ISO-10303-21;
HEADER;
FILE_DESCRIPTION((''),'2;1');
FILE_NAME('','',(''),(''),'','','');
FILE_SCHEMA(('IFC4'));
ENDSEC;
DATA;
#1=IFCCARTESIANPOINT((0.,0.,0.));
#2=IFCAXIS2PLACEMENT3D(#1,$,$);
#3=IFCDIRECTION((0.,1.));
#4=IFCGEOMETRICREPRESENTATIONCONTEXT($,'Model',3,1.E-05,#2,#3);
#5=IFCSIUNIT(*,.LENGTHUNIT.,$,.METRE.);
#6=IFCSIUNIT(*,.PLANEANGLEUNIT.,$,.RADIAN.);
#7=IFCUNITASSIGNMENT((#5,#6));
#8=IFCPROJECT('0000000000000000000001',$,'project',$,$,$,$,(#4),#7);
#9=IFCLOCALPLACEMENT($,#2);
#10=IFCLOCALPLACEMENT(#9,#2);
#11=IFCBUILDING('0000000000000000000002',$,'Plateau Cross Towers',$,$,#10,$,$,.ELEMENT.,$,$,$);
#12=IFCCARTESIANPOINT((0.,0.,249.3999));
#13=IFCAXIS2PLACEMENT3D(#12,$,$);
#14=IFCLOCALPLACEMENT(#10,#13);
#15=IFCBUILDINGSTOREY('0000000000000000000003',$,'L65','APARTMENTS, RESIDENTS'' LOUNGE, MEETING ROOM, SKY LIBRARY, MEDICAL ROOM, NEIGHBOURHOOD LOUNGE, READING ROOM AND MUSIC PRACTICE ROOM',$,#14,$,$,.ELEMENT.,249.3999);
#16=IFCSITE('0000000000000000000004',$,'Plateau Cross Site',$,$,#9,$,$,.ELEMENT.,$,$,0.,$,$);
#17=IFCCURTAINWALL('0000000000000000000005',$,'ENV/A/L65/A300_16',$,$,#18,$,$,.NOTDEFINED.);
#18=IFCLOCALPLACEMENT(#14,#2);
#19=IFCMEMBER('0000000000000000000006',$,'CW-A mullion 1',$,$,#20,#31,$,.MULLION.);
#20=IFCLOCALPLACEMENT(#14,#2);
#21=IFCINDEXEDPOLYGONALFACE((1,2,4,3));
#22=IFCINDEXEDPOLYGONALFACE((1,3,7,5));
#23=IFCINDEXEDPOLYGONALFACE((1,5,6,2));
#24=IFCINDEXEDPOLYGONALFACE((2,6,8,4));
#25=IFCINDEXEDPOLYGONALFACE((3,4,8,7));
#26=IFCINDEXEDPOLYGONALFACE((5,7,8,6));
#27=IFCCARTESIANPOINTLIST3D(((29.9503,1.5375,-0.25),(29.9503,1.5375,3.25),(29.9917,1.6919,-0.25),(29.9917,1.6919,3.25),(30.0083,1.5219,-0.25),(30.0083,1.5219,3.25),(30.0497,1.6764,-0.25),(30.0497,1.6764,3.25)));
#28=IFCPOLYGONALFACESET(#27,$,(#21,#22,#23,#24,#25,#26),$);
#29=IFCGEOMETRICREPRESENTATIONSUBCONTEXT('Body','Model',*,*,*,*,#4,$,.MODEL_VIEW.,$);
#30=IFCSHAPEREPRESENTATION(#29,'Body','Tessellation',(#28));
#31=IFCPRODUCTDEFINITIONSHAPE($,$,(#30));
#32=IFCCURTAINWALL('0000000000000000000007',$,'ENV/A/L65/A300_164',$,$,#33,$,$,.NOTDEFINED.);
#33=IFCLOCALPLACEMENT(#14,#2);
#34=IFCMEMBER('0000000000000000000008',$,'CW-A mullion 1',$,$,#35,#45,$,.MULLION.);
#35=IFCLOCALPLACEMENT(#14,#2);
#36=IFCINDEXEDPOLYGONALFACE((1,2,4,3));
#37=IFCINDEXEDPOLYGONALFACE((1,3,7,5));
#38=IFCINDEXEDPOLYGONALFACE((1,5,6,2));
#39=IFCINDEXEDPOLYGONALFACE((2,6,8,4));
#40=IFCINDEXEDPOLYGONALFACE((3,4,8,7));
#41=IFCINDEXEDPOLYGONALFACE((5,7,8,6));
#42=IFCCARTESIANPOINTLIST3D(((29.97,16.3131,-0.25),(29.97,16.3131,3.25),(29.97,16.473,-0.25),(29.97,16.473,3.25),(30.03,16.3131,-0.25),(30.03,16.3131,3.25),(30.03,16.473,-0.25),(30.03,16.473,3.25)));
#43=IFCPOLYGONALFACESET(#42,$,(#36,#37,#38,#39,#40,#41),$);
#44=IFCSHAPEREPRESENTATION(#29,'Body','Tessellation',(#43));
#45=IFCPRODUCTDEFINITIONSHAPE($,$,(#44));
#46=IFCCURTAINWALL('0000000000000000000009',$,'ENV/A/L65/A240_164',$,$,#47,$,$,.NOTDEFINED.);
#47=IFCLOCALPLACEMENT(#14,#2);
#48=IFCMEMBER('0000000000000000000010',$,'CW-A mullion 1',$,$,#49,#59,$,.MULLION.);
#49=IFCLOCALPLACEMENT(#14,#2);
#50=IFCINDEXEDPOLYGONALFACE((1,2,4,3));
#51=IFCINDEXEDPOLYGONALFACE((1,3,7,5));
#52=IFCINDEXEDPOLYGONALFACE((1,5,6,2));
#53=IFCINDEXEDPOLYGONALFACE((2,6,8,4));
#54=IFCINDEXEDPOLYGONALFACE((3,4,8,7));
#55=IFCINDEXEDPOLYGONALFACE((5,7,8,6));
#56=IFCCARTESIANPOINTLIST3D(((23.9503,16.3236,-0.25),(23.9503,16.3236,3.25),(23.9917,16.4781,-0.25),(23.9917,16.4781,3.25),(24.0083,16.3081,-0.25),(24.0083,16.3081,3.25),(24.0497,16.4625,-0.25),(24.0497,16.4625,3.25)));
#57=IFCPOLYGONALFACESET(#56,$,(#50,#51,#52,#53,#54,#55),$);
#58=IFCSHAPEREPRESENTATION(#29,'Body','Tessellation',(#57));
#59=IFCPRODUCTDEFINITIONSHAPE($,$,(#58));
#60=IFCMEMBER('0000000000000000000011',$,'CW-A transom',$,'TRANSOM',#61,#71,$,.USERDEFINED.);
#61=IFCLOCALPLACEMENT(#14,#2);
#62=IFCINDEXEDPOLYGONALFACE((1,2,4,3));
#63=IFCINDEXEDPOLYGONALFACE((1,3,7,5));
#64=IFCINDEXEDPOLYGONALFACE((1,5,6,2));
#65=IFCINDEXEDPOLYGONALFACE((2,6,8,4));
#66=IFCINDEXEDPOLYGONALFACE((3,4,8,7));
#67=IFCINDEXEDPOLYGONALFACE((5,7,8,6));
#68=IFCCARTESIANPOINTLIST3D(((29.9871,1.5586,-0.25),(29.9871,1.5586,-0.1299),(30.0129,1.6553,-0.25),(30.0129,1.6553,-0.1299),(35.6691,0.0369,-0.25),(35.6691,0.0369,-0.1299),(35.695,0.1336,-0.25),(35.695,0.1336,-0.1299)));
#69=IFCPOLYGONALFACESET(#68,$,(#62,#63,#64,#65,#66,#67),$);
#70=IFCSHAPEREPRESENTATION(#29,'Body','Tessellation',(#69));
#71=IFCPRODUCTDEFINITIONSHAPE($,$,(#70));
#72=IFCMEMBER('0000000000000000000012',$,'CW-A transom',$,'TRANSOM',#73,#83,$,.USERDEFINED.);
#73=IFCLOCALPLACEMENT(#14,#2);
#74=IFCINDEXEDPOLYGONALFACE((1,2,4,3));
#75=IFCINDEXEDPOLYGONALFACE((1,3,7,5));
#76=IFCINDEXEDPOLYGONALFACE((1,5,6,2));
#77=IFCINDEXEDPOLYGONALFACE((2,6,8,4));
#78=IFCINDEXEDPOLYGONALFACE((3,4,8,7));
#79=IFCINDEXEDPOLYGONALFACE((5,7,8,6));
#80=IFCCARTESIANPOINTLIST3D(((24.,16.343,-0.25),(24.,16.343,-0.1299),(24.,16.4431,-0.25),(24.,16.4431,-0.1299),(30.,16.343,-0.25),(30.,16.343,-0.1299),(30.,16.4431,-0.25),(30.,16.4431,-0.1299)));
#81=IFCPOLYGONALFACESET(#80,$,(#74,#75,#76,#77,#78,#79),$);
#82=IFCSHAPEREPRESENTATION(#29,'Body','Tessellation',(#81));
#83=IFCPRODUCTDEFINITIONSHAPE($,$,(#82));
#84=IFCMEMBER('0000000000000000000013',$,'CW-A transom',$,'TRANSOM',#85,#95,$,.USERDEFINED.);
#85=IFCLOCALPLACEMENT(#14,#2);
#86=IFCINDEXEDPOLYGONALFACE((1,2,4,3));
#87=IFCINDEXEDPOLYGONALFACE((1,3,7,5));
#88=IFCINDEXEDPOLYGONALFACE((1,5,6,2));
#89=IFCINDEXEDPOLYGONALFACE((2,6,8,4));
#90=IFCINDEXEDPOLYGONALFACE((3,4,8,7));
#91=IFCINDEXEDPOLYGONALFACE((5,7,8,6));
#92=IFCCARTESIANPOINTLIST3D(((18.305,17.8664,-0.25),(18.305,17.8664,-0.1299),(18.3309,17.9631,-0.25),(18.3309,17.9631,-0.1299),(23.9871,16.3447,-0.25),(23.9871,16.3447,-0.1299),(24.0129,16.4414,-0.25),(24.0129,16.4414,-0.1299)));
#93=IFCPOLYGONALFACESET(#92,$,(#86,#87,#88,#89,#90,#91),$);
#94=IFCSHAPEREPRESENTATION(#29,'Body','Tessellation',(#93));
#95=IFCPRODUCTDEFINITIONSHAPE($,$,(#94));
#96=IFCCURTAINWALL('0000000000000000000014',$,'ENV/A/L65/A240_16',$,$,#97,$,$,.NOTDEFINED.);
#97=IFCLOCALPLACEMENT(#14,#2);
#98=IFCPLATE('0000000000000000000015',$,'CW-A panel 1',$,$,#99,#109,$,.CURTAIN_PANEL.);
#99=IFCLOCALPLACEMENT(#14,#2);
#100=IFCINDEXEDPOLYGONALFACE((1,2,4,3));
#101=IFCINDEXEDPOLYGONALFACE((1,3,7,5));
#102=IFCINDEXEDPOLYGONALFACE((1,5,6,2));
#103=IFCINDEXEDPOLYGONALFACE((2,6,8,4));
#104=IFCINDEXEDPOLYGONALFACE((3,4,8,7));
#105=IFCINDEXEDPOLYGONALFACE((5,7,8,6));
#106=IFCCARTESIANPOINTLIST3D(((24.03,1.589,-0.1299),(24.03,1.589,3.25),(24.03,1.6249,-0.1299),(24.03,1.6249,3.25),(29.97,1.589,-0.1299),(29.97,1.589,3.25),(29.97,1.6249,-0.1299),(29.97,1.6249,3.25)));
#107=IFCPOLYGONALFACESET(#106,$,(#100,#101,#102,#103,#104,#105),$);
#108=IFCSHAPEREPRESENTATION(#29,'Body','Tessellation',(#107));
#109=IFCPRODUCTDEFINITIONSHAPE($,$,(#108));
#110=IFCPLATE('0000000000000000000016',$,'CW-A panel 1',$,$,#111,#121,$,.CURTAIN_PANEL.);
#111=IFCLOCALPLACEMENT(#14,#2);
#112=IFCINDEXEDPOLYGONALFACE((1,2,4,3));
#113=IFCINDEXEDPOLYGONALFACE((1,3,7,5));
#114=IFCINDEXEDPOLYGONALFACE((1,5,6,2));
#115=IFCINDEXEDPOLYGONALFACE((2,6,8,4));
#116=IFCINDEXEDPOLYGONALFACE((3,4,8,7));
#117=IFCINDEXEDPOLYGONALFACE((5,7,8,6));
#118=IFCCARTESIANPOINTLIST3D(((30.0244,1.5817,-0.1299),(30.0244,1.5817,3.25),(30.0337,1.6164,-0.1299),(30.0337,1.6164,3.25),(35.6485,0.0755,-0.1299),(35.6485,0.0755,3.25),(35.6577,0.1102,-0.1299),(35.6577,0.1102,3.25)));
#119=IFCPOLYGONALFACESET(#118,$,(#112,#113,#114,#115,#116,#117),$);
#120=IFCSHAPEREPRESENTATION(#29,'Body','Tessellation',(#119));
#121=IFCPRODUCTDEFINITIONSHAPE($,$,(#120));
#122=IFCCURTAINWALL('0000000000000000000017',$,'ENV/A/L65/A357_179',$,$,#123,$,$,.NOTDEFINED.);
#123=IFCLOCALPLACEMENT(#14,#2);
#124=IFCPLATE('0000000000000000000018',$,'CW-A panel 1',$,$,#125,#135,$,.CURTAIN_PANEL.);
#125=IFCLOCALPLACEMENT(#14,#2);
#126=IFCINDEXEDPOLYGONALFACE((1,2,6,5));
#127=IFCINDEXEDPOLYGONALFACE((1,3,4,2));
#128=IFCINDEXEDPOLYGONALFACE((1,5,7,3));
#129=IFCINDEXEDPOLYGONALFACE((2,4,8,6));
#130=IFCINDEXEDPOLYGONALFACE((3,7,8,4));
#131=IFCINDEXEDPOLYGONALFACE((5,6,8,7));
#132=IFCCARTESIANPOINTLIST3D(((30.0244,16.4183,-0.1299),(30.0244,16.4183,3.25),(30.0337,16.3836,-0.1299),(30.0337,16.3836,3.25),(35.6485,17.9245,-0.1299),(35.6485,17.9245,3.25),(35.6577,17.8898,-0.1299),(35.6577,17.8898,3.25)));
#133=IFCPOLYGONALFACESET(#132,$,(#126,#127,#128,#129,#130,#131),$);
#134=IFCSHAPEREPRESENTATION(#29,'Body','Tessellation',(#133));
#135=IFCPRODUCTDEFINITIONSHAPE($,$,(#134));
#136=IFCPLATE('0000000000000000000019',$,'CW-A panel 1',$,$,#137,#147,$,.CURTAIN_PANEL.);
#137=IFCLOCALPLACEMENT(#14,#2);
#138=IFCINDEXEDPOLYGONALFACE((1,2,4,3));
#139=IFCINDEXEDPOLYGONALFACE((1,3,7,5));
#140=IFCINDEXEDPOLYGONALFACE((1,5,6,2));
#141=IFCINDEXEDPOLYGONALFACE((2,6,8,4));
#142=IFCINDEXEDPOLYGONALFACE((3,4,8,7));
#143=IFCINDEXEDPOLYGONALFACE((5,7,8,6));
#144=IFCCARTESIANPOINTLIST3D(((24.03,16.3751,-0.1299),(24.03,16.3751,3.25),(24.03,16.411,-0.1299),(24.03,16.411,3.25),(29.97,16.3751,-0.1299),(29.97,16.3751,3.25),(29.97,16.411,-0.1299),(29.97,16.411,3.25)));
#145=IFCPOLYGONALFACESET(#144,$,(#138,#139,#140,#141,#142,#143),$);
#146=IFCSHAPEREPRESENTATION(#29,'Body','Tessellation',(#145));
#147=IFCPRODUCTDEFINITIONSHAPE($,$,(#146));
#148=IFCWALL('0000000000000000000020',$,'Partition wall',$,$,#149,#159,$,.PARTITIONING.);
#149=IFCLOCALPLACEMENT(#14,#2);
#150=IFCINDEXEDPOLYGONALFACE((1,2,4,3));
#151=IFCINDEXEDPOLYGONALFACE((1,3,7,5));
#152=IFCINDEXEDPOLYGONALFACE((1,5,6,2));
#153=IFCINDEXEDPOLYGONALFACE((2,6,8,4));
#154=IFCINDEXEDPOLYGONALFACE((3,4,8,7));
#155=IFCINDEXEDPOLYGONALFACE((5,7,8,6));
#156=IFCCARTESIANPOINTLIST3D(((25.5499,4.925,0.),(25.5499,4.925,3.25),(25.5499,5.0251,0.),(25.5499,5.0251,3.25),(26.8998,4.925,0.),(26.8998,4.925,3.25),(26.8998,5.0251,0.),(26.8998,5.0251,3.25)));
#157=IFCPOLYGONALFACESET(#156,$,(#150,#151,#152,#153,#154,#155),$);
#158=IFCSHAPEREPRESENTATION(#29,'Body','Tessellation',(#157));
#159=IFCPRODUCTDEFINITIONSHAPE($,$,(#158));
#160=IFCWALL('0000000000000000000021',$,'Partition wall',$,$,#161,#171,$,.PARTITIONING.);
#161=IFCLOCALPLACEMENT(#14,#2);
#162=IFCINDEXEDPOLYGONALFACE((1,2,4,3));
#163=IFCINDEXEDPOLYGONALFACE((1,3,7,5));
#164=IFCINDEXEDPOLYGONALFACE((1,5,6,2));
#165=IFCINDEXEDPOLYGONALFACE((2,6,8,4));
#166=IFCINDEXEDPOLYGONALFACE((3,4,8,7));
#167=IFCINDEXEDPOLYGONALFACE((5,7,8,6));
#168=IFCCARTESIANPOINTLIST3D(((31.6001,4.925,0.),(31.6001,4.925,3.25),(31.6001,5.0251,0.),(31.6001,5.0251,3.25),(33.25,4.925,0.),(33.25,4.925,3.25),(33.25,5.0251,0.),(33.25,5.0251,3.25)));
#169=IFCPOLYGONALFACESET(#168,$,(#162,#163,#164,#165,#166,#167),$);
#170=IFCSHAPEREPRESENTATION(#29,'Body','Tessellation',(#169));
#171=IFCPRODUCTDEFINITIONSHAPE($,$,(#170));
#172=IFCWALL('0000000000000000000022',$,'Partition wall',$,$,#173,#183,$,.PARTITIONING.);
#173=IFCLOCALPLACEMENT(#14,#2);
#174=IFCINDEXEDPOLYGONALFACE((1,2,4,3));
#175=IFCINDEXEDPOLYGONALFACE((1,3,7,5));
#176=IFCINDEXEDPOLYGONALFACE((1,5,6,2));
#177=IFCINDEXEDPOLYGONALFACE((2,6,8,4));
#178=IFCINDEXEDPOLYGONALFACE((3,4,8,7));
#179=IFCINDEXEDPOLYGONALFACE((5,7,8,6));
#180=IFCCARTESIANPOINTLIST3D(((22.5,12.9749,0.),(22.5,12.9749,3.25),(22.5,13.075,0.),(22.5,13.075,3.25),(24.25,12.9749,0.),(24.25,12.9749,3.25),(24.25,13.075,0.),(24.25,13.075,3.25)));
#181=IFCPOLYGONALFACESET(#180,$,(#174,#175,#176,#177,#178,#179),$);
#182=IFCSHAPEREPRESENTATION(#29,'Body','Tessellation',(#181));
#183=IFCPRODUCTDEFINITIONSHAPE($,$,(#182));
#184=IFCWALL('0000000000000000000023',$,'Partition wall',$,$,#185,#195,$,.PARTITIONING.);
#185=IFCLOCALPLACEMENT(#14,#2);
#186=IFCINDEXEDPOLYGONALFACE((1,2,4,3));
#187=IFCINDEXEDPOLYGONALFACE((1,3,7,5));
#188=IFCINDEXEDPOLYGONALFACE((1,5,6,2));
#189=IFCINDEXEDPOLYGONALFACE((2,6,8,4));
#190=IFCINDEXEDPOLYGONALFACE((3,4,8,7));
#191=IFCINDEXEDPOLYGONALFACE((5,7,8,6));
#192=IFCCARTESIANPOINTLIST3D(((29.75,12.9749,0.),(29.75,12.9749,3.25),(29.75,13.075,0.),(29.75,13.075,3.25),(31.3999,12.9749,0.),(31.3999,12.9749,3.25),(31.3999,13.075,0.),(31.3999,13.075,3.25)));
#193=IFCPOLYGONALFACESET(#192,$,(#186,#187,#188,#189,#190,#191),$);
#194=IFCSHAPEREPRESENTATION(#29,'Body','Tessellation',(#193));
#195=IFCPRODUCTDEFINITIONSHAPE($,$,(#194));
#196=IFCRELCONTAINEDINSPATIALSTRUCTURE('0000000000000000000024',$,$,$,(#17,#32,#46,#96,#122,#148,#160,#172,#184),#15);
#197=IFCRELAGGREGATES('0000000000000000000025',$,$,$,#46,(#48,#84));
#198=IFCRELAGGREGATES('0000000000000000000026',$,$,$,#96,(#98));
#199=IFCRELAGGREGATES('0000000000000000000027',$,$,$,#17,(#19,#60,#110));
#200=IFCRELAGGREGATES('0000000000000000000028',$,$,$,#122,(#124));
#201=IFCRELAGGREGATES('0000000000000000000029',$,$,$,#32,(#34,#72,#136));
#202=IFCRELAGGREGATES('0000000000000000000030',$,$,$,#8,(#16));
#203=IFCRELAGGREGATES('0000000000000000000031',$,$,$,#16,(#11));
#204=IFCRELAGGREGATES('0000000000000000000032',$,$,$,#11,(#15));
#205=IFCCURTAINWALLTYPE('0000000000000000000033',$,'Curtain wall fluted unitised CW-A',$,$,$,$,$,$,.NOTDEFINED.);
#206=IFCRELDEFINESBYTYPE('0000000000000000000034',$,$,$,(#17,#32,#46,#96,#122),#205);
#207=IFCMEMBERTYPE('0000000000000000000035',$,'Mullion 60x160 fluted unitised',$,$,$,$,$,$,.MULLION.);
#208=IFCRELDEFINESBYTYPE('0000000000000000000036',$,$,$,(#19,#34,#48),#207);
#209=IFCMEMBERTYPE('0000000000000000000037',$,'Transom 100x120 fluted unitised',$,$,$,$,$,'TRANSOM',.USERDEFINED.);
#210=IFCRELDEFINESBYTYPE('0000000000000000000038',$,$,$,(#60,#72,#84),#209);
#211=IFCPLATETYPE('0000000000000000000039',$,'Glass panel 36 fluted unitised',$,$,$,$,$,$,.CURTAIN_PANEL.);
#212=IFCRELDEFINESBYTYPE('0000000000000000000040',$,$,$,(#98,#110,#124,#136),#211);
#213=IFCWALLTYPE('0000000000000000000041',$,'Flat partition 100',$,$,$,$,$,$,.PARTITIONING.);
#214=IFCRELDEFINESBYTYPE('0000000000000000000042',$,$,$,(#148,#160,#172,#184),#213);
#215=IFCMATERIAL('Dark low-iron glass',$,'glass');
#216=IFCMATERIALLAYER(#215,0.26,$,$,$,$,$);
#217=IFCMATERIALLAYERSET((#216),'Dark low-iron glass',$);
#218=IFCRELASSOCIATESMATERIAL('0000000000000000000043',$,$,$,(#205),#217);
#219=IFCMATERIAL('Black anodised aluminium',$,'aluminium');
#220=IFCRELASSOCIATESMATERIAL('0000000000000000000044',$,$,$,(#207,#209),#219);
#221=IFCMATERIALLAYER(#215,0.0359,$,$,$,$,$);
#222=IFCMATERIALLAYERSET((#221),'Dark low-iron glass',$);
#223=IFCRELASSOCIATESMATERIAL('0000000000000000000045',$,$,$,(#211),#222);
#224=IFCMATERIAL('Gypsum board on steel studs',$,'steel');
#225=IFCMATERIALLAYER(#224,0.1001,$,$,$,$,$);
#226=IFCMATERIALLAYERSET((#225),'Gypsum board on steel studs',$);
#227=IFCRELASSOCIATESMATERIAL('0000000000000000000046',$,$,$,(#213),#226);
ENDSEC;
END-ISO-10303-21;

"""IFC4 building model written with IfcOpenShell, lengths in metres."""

from ifc_helpers import new_model, si_unit, direction, frame, frame_2d, origin, origin_2d, place, context, subcontext, project, spatial, rectangle, extrude, material, layer, layer_set, material_profile, profile_set, type_object, element, aggregate, save


model = new_model("IFC4")

# Units and contexts
model_context = context("Model", 3, precision=1e-05, world=origin(), true_north=direction((0.0, 1.0)))
body_context = subcontext(model_context, "Body", "Model", "MODEL_VIEW")
ifc_project = project(units=[si_unit("LENGTHUNIT", "METRE"), si_unit("PLANEANGLEUNIT", "RADIAN")], contexts=[model_context])

# Site, building, storey
site_placement = place(None, origin())
site = spatial("IfcSite", under=ifc_project, at=site_placement, Name="Plateau Cross Site", CompositionType="ELEMENT", RefElevation=0.0)
building_placement = place(site_placement, origin())
building = spatial("IfcBuilding", under=site, at=building_placement, Name="Plateau Cross Towers", CompositionType="ELEMENT")
storey_placement = place(building_placement, frame((0.0, 0.0, 249.3999)))
storey = spatial("IfcBuildingStorey", under=building, at=storey_placement, Name="L65", Description="APARTMENTS, RESIDENTS' LOUNGE, MEETING ROOM, SKY LIBRARY, MEDICAL ROOM, NEIGHBOURHOOD LOUNGE, READING ROOM AND MUSIC PRACTICE ROOM", CompositionType="ELEMENT", Elevation=249.3999)

# Curtain walls, members
ifc_material_1 = material(Name="Dark low-iron glass", Category="glass")
ifc_layer_1 = layer(ifc_material_1, 0.26)
ifc_layer_set_1 = layer_set([ifc_layer_1], Name="Dark low-iron glass")
curtain_wall_type = type_object("IfcCurtainWallType", Name="Curtain wall fluted unitised CW-A", PredefinedType="NOTDEFINED", material=ifc_layer_set_1)
curtain_wall_1_placement = place(storey_placement, origin())
curtain_wall_1 = element("IfcCurtainWall", 1, at=curtain_wall_1_placement, inside=storey, type_object=curtain_wall_type, Name="ENV/A/L65/A300_16", PredefinedType="NOTDEFINED")
ifc_material_2 = material(Name="Black anodised aluminium", Category="aluminium")
ifc_material_profile_1 = material_profile(ifc_material_2, rectangle(XDim=0.0601, YDim=0.1599, at=origin_2d()), Name="MULLION 60x160")
ifc_profile_set_1 = profile_set([ifc_material_profile_1], Name="Black anodised aluminium")
member_type_1 = type_object("IfcMemberType", Name="Mullion 60x160 fluted unitised", PredefinedType="MULLION", material=ifc_profile_set_1)
member_1_placement = place(storey_placement, frame((30.0, 1.6069, -0.25), z_axis=(0.0, 0.0, 1.0), x_axis=(0.965958, -0.258699, 0.0)))
member_1 = element("IfcMember", 2, at=member_1_placement, type_object=member_type_1, Name="CW-A mullion 1", PredefinedType="MULLION", context=body_context, shape_type="SweptSolid", body=[
    extrude(rectangle(XDim=0.0601, YDim=0.1599, at=origin_2d()), origin(), (0.0, 0.0, 1.0), 3.5),
])
curtain_wall_2_placement = place(storey_placement, origin())
curtain_wall_2 = element("IfcCurtainWall", 3, at=curtain_wall_2_placement, inside=storey, type_object=curtain_wall_type, Name="ENV/A/L65/A300_164", PredefinedType="NOTDEFINED")
member_2_placement = place(storey_placement, frame((30.0, 16.3931, -0.25), z_axis=(0.0, 0.0, 1.0), x_axis=(-1.0, 0.0, 0.0)))
member_2 = element("IfcMember", 4, at=member_2_placement, type_object=member_type_1, Name="CW-A mullion 1", PredefinedType="MULLION", context=body_context, shape_type="SweptSolid", body=[
    extrude(rectangle(XDim=0.0601, YDim=0.1599, at=origin_2d()), origin(), (0.0, 0.0, 1.0), 3.5),
])
curtain_wall_3_placement = place(storey_placement, origin())
curtain_wall_3 = element("IfcCurtainWall", 5, at=curtain_wall_3_placement, inside=storey, type_object=curtain_wall_type, Name="ENV/A/L65/A240_164", PredefinedType="NOTDEFINED")
member_3_placement = place(storey_placement, frame((24.0, 16.3931, -0.25), z_axis=(0.0, 0.0, 1.0), x_axis=(-0.965958, 0.258699, 0.0)))
member_3 = element("IfcMember", 6, at=member_3_placement, type_object=member_type_1, Name="CW-A mullion 1", PredefinedType="MULLION", context=body_context, shape_type="SweptSolid", body=[
    extrude(rectangle(XDim=0.0601, YDim=0.1599, at=origin_2d()), origin(), (0.0, 0.0, 1.0), 3.5),
])

# Members
ifc_material_profile_2 = material_profile(ifc_material_2, rectangle(XDim=0.1001, YDim=0.1201, at=origin_2d()), Name="TRANSOM 100x120")
ifc_profile_set_2 = profile_set([ifc_material_profile_2], Name="Black anodised aluminium")
member_type_2 = type_object("IfcMemberType", Name="Transom 100x120 fluted unitised", ElementType="TRANSOM", PredefinedType="USERDEFINED", material=ifc_profile_set_2)
member_4_placement = place(storey_placement, frame((30.0, 1.6069, -0.1899), z_axis=(0.96596, -0.258693, 0.0), x_axis=(0.258693, 0.96596, 0.0)))
member_4 = element("IfcMember", 7, at=member_4_placement, type_object=member_type_2, Name="CW-A transom", ObjectType="TRANSOM", PredefinedType="USERDEFINED", context=body_context, shape_type="SweptSolid", body=[
    extrude(rectangle(XDim=0.1001, YDim=0.1201, at=origin_2d()), origin(), (0.0, 0.0, 1.0), 5.8823),
])
member_5_placement = place(storey_placement, frame((30.0, 16.3931, -0.1899), z_axis=(-1.0, 0.0, 0.0), x_axis=(0.0, -1.0, 0.0)))
member_5 = element("IfcMember", 8, at=member_5_placement, type_object=member_type_2, Name="CW-A transom", ObjectType="TRANSOM", PredefinedType="USERDEFINED", context=body_context, shape_type="SweptSolid", body=[
    extrude(rectangle(XDim=0.1001, YDim=0.1201, at=origin_2d()), origin(), (0.0, 0.0, 1.0), 6.0),
])
member_6_placement = place(storey_placement, frame((24.0, 16.3931, -0.1899), z_axis=(-0.96596, 0.258693, 0.0), x_axis=(-0.258693, -0.96596, 0.0)))
member_6 = element("IfcMember", 9, at=member_6_placement, type_object=member_type_2, Name="CW-A transom", ObjectType="TRANSOM", PredefinedType="USERDEFINED", context=body_context, shape_type="SweptSolid", body=[
    extrude(rectangle(XDim=0.1001, YDim=0.1201, at=origin_2d()), origin(), (0.0, 0.0, 1.0), 5.8823),
])
aggregate(curtain_wall_3, [member_3, member_6])

# Curtain wall, plate
curtain_wall_4_placement = place(storey_placement, origin())
curtain_wall_4 = element("IfcCurtainWall", 10, at=curtain_wall_4_placement, inside=storey, type_object=curtain_wall_type, Name="ENV/A/L65/A240_16", PredefinedType="NOTDEFINED")
ifc_layer_2 = layer(ifc_material_1, 0.0359)
ifc_layer_set_2 = layer_set([ifc_layer_2], Name="Dark low-iron glass")
plate_type = type_object("IfcPlateType", Name="Glass panel 36 fluted unitised", PredefinedType="CURTAIN_PANEL", material=ifc_layer_set_2)
plate_1_placement = place(storey_placement, frame((27.0, 1.6069, -0.1299), z_axis=(0.0, 0.0, 1.0), x_axis=(1.0, 0.0, 0.0)))
plate_1 = element("IfcPlate", 11, at=plate_1_placement, type_object=plate_type, Name="CW-A panel 1", PredefinedType="CURTAIN_PANEL", context=body_context, shape_type="SweptSolid", body=[
    extrude(rectangle(XDim=5.9399, YDim=0.0359, at=origin_2d()), origin(), (0.0, 0.0, 1.0), 3.3799),
])
aggregate(curtain_wall_4, [plate_1])

# Plate
plate_2_placement = place(storey_placement, frame((32.8411, 0.8459, -0.1299), z_axis=(0.0, 0.0, 1.0), x_axis=(0.965958, -0.258699, 0.0)))
plate_2 = element("IfcPlate", 12, at=plate_2_placement, type_object=plate_type, Name="CW-A panel 1", PredefinedType="CURTAIN_PANEL", context=body_context, shape_type="SweptSolid", body=[
    extrude(rectangle(XDim=5.8223, YDim=0.0359, at=origin_2d()), origin(), (0.0, 0.0, 1.0), 3.3799),
])
aggregate(curtain_wall_1, [member_1, member_4, plate_2])

# Curtain wall, plate
curtain_wall_5_placement = place(storey_placement, origin())
curtain_wall_5 = element("IfcCurtainWall", 13, at=curtain_wall_5_placement, inside=storey, type_object=curtain_wall_type, Name="ENV/A/L65/A357_179", PredefinedType="NOTDEFINED")
plate_3_placement = place(storey_placement, frame((32.8411, 17.1541, -0.1299), z_axis=(0.0, 0.0, 1.0), x_axis=(-0.965958, -0.258699, 0.0)))
plate_3 = element("IfcPlate", 14, at=plate_3_placement, type_object=plate_type, Name="CW-A panel 1", PredefinedType="CURTAIN_PANEL", context=body_context, shape_type="SweptSolid", body=[
    extrude(rectangle(XDim=5.8223, YDim=0.0359, at=origin_2d()), origin(), (0.0, 0.0, 1.0), 3.3799),
])
aggregate(curtain_wall_5, [plate_3])

# Plate
plate_4_placement = place(storey_placement, frame((27.0, 16.3931, -0.1299), z_axis=(0.0, 0.0, 1.0), x_axis=(-1.0, 0.0, 0.0)))
plate_4 = element("IfcPlate", 15, at=plate_4_placement, type_object=plate_type, Name="CW-A panel 1", PredefinedType="CURTAIN_PANEL", context=body_context, shape_type="SweptSolid", body=[
    extrude(rectangle(XDim=5.9399, YDim=0.0359, at=origin_2d()), origin(), (0.0, 0.0, 1.0), 3.3799),
])
aggregate(curtain_wall_2, [member_2, member_5, plate_4])

# Walls
ifc_material_3 = material(Name="Gypsum board on steel studs", Category="steel")
ifc_layer_3 = layer(ifc_material_3, 0.1001)
ifc_layer_set_3 = layer_set([ifc_layer_3], Name="Gypsum board on steel studs")
wall_type_1 = type_object("IfcWallType", Name="Flat partition 100", PredefinedType="PARTITIONING", material=ifc_layer_set_3)
wall_1_placement = place(storey_placement, frame((25.55, 4.9751, 0.0), z_axis=(0.0, 0.0, 1.0), x_axis=(1.0, 0.0, 0.0)))
element("IfcWall", 16, at=wall_1_placement, inside=storey, type_object=wall_type_1, Name="Partition wall", PredefinedType="PARTITIONING", context=body_context, shape_type="SweptSolid", body=[
    extrude(rectangle(XDim=1.3499, YDim=0.1001, at=frame_2d((0.6748, 0.0))), origin(), (0.0, 0.0, 1.0), 3.25),
])
wall_2_placement = place(storey_placement, frame((31.6001, 4.9751, 0.0), z_axis=(0.0, 0.0, 1.0), x_axis=(1.0, 0.0, 0.0)))
element("IfcWall", 17, at=wall_2_placement, inside=storey, type_object=wall_type_1, Name="Partition wall", PredefinedType="PARTITIONING", context=body_context, shape_type="SweptSolid", body=[
    extrude(rectangle(XDim=1.6499, YDim=0.1001, at=frame_2d((0.825, 0.0))), origin(), (0.0, 0.0, 1.0), 3.25),
])
wall_3_placement = place(storey_placement, frame((24.25, 13.0249, 0.0), z_axis=(0.0, 0.0, 1.0), x_axis=(-1.0, 0.0, 0.0)))
element("IfcWall", 18, at=wall_3_placement, inside=storey, type_object=wall_type_1, Name="Partition wall", PredefinedType="PARTITIONING", context=body_context, shape_type="SweptSolid", body=[
    extrude(rectangle(XDim=1.75, YDim=0.1001, at=frame_2d((0.875, 0.0))), origin(), (0.0, 0.0, 1.0), 3.25),
])
wall_4_placement = place(storey_placement, frame((31.3999, 13.0249, 0.0), z_axis=(0.0, 0.0, 1.0), x_axis=(-1.0, 0.0, 0.0)))
element("IfcWall", 19, at=wall_4_placement, inside=storey, type_object=wall_type_1, Name="Partition wall", PredefinedType="PARTITIONING", context=body_context, shape_type="SweptSolid", body=[
    extrude(rectangle(XDim=1.6499, YDim=0.1001, at=frame_2d((0.825, 0.0))), origin(), (0.0, 0.0, 1.0), 3.25),
])

save(model, "model.ifc")
